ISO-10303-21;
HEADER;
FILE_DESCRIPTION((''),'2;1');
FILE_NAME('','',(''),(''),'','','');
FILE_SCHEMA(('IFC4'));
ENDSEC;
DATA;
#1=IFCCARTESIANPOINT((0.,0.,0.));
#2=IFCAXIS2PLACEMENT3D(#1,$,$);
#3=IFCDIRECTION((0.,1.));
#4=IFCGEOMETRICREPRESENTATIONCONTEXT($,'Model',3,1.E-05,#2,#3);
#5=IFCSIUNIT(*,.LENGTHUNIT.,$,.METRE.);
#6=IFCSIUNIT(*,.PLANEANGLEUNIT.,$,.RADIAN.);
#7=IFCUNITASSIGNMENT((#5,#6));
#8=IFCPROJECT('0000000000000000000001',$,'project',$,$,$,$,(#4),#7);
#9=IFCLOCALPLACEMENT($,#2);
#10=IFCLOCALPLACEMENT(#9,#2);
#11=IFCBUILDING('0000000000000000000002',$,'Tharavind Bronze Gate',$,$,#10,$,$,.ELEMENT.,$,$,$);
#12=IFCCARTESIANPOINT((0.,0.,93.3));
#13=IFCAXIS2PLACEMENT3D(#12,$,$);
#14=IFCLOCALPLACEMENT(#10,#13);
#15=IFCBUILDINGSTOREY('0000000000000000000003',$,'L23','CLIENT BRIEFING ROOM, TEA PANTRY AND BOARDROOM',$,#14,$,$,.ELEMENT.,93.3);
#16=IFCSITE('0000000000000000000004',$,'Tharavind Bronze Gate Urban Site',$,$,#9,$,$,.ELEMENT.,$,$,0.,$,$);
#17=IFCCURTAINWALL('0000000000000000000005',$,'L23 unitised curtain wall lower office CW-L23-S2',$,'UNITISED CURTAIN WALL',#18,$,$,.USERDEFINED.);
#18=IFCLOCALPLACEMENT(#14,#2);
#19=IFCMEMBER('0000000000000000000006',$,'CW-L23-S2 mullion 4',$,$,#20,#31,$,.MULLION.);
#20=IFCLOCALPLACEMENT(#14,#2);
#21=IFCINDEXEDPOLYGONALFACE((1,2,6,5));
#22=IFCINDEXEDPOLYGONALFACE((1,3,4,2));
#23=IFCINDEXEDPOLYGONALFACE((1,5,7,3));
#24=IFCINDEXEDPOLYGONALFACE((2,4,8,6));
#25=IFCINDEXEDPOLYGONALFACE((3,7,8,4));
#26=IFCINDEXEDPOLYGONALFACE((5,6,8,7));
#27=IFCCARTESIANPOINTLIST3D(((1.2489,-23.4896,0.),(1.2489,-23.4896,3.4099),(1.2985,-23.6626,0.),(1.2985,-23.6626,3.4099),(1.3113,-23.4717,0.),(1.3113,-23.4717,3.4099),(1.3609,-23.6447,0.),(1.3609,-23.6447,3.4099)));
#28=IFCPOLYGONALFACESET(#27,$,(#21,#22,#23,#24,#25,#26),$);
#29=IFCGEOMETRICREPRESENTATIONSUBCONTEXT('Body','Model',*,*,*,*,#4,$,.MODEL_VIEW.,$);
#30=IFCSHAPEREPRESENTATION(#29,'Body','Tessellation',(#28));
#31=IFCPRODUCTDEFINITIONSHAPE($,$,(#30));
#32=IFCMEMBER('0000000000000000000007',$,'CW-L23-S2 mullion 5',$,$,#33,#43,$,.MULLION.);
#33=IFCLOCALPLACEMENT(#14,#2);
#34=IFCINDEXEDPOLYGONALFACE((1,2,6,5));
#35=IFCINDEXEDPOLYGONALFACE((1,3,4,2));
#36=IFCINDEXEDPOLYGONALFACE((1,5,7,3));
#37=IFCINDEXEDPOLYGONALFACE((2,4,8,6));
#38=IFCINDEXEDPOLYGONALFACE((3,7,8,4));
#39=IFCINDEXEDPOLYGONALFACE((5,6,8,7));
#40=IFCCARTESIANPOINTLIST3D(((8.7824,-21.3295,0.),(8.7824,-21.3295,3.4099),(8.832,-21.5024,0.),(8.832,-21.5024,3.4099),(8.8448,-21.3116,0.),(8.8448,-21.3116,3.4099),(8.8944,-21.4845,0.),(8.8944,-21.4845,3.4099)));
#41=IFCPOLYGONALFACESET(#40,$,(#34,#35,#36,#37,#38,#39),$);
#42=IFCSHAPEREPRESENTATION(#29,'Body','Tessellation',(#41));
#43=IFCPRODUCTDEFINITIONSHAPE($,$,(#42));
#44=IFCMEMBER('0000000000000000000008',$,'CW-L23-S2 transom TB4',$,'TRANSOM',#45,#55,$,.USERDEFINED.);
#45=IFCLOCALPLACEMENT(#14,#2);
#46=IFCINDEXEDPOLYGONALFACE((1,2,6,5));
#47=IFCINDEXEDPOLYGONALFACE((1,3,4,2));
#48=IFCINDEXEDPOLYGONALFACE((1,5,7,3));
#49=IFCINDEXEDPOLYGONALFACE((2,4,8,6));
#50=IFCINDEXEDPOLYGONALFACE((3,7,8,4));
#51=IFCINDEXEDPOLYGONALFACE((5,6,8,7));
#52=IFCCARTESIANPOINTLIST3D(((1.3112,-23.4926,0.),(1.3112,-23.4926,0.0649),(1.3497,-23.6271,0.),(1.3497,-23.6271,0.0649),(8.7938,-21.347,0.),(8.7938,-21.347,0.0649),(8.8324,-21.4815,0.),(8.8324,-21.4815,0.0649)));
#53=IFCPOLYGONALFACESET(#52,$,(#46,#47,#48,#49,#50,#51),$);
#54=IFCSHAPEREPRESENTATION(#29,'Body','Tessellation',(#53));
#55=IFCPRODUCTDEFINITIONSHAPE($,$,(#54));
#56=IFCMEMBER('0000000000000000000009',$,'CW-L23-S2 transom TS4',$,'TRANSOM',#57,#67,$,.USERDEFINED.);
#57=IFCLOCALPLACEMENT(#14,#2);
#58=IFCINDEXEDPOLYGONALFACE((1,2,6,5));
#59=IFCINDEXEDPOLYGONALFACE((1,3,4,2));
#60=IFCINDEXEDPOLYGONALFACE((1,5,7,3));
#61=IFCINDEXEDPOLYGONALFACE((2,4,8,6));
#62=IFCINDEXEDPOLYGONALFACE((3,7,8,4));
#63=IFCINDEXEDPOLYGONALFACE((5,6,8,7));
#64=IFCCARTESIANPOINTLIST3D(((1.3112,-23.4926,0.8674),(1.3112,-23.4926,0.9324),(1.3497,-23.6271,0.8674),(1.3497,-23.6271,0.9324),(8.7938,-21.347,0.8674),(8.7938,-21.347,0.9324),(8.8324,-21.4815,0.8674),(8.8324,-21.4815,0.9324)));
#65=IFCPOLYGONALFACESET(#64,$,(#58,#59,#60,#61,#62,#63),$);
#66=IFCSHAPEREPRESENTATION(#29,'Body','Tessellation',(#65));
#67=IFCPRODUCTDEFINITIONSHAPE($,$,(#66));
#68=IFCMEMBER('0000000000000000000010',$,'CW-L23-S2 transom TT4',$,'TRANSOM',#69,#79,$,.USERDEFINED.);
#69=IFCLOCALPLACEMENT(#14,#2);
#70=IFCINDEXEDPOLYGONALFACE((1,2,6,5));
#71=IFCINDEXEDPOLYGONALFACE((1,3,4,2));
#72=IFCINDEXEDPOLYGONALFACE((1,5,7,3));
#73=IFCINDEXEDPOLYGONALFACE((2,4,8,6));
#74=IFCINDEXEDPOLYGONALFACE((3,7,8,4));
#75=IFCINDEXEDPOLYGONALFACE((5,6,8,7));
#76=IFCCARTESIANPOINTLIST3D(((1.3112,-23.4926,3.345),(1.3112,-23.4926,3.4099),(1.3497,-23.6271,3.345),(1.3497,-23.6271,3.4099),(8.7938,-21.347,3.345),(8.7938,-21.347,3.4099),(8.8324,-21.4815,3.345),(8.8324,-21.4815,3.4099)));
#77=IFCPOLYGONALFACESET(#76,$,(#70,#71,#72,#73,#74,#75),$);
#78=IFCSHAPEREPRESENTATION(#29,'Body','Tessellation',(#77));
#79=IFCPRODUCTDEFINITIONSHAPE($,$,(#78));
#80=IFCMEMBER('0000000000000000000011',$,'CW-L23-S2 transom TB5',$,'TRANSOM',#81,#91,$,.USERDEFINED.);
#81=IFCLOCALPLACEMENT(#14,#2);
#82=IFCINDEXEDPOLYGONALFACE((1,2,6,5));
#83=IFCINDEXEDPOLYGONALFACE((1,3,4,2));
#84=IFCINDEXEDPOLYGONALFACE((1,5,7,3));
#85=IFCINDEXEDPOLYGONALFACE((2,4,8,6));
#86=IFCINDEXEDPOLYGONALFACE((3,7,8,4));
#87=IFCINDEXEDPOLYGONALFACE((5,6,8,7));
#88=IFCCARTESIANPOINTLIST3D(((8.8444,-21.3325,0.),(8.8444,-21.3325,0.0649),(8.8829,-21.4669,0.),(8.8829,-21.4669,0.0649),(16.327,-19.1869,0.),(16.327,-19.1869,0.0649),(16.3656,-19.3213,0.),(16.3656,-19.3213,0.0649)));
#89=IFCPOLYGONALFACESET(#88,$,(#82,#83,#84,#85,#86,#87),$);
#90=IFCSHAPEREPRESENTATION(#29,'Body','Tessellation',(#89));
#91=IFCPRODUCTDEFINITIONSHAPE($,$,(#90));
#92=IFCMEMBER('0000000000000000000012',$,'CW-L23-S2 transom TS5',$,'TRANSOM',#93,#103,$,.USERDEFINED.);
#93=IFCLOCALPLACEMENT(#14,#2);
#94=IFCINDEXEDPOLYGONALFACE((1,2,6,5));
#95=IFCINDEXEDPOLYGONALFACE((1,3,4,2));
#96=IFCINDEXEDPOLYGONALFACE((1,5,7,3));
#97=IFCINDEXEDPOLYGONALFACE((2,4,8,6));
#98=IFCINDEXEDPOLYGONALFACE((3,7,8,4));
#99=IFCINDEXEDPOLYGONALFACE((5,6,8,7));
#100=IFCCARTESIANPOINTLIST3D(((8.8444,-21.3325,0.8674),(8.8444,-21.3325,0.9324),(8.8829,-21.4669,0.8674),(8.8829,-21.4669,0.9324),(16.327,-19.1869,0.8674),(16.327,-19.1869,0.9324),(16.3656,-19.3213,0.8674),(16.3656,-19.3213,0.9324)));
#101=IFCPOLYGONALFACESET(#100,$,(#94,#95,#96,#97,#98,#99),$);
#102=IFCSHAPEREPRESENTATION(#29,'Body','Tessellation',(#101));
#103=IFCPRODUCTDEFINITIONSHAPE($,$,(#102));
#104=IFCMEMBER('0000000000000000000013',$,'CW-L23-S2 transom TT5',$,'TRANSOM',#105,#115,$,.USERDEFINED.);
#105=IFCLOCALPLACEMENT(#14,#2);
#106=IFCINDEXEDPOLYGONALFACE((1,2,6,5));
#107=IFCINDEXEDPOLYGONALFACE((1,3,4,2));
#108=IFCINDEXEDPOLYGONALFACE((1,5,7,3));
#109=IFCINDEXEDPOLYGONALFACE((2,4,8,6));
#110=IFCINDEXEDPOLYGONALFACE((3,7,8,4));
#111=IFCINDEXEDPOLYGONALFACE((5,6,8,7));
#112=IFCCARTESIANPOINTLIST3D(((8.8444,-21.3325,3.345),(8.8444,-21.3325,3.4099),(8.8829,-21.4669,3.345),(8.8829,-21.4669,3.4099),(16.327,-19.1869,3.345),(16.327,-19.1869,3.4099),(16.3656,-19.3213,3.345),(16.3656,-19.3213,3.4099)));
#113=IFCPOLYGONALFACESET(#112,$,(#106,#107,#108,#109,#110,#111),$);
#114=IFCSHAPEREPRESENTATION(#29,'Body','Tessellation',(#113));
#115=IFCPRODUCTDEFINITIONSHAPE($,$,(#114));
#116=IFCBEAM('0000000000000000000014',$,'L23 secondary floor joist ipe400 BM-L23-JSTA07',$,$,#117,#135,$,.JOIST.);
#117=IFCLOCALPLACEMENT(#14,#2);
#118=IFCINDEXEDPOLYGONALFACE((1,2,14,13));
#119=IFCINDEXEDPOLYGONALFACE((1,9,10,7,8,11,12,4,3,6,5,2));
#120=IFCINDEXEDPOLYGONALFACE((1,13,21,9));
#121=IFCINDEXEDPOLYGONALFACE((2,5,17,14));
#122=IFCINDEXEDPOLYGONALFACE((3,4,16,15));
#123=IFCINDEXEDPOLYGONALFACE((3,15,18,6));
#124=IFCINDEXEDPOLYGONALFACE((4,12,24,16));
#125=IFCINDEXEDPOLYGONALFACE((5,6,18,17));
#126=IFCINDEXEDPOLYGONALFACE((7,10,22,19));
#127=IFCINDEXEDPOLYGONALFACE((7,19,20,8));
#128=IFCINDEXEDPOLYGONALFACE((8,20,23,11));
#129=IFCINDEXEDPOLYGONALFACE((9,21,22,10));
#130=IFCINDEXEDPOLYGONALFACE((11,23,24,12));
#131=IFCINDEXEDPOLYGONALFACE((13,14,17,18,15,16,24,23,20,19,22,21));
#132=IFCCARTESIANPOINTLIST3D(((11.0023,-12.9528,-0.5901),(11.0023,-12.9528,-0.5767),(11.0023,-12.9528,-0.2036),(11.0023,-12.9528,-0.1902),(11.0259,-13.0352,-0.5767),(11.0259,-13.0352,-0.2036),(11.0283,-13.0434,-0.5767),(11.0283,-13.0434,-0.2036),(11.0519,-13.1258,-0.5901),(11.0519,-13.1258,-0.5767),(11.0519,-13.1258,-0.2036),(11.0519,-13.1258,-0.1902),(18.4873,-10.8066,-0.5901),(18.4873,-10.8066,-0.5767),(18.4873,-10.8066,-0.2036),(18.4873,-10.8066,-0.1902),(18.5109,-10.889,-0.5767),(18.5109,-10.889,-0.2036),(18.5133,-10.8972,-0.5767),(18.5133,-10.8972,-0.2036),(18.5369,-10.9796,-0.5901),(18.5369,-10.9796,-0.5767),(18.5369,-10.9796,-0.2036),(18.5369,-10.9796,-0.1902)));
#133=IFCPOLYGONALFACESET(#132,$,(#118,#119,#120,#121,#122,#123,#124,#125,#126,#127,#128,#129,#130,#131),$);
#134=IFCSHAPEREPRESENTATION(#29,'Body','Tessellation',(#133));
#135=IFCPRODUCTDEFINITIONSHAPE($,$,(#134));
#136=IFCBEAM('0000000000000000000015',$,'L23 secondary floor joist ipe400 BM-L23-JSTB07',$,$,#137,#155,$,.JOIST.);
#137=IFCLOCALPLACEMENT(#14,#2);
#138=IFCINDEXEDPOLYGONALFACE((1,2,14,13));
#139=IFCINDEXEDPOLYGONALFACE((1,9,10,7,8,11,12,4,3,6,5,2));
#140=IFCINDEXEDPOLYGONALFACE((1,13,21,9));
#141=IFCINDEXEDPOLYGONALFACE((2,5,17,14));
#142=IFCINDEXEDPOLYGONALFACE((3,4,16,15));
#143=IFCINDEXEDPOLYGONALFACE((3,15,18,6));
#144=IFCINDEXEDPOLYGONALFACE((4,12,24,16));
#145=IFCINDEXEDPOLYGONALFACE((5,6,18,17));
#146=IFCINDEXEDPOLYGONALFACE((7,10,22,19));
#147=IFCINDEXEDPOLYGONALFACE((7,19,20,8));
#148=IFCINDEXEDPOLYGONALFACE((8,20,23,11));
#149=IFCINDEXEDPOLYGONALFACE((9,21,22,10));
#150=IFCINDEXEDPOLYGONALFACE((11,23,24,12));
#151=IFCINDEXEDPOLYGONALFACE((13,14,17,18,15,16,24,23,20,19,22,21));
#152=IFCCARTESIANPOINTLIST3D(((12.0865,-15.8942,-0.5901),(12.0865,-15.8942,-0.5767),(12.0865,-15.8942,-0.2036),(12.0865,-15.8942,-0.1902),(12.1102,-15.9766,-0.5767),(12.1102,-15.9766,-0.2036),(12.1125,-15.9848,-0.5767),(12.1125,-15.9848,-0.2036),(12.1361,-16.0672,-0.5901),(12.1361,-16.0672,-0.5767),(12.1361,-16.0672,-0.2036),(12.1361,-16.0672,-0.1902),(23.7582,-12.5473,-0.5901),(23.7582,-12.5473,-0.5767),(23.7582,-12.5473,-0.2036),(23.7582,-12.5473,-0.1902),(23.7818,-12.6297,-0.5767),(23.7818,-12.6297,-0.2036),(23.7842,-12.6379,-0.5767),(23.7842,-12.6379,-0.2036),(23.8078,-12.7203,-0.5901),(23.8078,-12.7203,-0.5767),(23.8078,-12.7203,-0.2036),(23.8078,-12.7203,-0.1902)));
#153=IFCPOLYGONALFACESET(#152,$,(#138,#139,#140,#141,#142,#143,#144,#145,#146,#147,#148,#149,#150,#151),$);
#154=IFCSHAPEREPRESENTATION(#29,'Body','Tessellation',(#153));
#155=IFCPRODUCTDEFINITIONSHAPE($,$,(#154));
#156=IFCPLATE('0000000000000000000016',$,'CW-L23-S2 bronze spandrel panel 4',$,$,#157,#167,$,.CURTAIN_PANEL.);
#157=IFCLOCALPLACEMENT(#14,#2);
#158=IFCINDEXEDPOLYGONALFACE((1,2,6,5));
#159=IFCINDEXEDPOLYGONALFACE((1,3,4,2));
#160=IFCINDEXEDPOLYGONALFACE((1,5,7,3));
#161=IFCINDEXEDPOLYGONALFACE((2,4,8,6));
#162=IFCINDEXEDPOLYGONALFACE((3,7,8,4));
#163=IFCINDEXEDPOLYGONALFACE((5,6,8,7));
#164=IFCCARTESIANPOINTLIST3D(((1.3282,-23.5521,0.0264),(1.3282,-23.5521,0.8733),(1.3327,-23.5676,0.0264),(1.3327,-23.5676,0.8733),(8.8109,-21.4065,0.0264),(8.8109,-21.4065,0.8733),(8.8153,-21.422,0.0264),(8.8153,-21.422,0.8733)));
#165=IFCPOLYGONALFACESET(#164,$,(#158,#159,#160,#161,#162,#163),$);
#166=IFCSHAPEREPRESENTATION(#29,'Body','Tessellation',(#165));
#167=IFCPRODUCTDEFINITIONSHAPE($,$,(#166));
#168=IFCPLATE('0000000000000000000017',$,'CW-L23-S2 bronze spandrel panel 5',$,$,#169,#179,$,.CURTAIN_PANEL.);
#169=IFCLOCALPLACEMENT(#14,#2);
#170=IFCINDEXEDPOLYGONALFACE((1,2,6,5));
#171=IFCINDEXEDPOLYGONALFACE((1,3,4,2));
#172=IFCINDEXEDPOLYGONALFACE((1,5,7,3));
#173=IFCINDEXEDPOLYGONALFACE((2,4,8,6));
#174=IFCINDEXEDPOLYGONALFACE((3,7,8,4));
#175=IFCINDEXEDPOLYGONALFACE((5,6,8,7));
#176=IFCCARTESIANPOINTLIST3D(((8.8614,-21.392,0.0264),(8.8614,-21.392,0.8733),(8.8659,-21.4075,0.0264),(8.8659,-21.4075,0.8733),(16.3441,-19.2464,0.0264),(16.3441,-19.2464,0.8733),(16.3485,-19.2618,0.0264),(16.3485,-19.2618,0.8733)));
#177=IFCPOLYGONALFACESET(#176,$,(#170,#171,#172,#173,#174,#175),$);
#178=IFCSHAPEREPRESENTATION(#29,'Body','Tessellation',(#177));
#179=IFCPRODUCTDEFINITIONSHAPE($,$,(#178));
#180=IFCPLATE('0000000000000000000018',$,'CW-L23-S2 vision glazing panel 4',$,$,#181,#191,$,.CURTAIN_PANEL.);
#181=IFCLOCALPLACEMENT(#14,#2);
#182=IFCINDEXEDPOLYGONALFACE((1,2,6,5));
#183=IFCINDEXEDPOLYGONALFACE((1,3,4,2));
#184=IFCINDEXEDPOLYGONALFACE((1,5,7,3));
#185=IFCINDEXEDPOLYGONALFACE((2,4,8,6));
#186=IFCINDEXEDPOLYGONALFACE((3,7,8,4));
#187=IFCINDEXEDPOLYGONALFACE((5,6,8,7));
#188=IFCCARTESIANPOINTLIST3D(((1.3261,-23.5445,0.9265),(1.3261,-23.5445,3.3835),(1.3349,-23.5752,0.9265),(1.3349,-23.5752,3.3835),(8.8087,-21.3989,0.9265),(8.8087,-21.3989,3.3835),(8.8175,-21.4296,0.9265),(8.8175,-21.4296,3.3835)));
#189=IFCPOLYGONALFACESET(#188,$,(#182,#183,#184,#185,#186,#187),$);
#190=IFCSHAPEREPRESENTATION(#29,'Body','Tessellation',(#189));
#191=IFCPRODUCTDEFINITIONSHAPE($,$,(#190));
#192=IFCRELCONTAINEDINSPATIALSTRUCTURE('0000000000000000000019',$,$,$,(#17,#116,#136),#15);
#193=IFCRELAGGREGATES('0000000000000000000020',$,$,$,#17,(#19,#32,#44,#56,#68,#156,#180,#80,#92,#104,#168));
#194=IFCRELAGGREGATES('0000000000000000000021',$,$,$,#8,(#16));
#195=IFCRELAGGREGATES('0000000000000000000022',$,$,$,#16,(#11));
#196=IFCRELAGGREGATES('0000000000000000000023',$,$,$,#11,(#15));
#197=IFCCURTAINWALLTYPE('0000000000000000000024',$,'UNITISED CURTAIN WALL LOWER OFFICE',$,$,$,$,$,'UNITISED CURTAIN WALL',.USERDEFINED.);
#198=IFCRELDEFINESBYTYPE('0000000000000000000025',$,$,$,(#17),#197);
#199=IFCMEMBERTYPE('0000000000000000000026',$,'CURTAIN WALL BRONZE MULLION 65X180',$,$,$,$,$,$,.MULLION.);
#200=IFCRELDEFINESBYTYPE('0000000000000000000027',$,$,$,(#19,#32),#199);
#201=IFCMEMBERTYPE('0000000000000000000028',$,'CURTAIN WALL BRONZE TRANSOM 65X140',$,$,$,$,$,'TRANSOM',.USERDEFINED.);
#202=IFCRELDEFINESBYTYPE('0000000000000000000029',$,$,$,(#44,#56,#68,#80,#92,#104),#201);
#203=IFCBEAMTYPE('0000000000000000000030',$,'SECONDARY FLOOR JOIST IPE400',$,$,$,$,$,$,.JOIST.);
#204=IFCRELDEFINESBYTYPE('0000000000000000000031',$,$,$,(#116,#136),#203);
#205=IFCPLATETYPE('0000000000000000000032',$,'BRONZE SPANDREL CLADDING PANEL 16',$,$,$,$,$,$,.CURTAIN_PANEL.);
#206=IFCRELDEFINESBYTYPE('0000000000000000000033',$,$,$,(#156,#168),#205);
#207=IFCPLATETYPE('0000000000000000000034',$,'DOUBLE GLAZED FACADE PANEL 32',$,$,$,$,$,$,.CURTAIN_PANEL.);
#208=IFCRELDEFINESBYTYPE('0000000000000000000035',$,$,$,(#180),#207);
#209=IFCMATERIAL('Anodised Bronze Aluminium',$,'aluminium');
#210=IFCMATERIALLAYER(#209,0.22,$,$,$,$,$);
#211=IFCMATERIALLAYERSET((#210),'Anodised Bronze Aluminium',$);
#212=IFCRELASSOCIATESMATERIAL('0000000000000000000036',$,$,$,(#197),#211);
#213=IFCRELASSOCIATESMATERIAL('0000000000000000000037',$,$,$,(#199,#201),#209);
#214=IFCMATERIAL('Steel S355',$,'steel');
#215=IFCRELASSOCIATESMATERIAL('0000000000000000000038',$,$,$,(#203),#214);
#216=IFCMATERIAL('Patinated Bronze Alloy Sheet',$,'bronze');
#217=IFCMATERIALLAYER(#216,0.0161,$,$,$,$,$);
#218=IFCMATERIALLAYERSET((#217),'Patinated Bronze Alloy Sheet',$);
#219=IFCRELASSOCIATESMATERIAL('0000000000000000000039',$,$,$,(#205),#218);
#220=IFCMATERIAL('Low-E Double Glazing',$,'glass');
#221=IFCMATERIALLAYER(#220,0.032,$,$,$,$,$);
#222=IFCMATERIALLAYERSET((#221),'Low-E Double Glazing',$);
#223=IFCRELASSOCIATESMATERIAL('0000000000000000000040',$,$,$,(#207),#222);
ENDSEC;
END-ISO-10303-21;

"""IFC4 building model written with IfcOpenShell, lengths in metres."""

from ifc_helpers import new_model, si_unit, direction, frame, origin, origin_2d, place, context, subcontext, project, spatial, rectangle, i_section, extrude, material, layer, layer_set, material_profile, profile_set, type_object, element, aggregate, save


model = new_model("IFC4")

# Units and contexts
model_context = context("Model", 3, precision=1e-05, world=origin(), true_north=direction((0.0, 1.0)))
body_context = subcontext(model_context, "Body", "Model", "MODEL_VIEW")
ifc_project = project(units=[si_unit("LENGTHUNIT", "METRE"), si_unit("PLANEANGLEUNIT", "RADIAN")], contexts=[model_context])

# Site, building, storey
site_placement = place(None, origin())
site = spatial("IfcSite", under=ifc_project, at=site_placement, Name="Tharavind Bronze Gate Urban Site", CompositionType="ELEMENT", RefElevation=0.0)
building_placement = place(site_placement, origin())
building = spatial("IfcBuilding", under=site, at=building_placement, Name="Tharavind Bronze Gate", CompositionType="ELEMENT")
storey_placement = place(building_placement, frame((0.0, 0.0, 93.3)))
storey = spatial("IfcBuildingStorey", under=building, at=storey_placement, Name="L23", Description="CLIENT BRIEFING ROOM, TEA PANTRY AND BOARDROOM", CompositionType="ELEMENT", Elevation=93.3)

# Curtain wall, members
ifc_material_1 = material(Name="Anodised Bronze Aluminium", Category="aluminium")
ifc_layer_1 = layer(ifc_material_1, 0.22)
ifc_layer_set_1 = layer_set([ifc_layer_1], Name="Anodised Bronze Aluminium")
curtain_wall_type = type_object("IfcCurtainWallType", Name="UNITISED CURTAIN WALL LOWER OFFICE", ElementType="UNITISED CURTAIN WALL", PredefinedType="USERDEFINED", material=ifc_layer_set_1)
curtain_wall_placement = place(storey_placement, origin())
curtain_wall = element("IfcCurtainWall", 1, at=curtain_wall_placement, inside=storey, type_object=curtain_wall_type, Name="L23 unitised curtain wall lower office CW-L23-S2", ObjectType="UNITISED CURTAIN WALL", PredefinedType="USERDEFINED")
member_type_1 = type_object("IfcMemberType", Name="CURTAIN WALL BRONZE MULLION 65X180", PredefinedType="MULLION", material=ifc_material_1)
member_1_placement = place(storey_placement, frame((1.3049, -23.5671, 0.0), z_axis=(0.0, 0.0, 1.0), x_axis=(0.961262, 0.275637, 0.0)))
member_1 = element("IfcMember", 2, at=member_1_placement, type_object=member_type_1, Name="CW-L23-S2 mullion 4", PredefinedType="MULLION", context=body_context, shape_type="SweptSolid", body=[
    extrude(rectangle(XDim=0.0649, YDim=0.1799, at=origin_2d()), origin(), (0.0, 0.0, 1.0), 3.4099),
])
member_2_placement = place(storey_placement, frame((8.8384, -21.407, 0.0), z_axis=(0.0, 0.0, 1.0), x_axis=(0.961262, 0.275637, 0.0)))
member_2 = element("IfcMember", 3, at=member_2_placement, type_object=member_type_1, Name="CW-L23-S2 mullion 5", PredefinedType="MULLION", context=body_context, shape_type="SweptSolid", body=[
    extrude(rectangle(XDim=0.0649, YDim=0.1799, at=origin_2d()), origin(), (0.0, 0.0, 1.0), 3.4099),
])
member_type_2 = type_object("IfcMemberType", Name="CURTAIN WALL BRONZE TRANSOM 65X140", ElementType="TRANSOM", PredefinedType="USERDEFINED", material=ifc_material_1)
member_3_placement = place(storey_placement, frame((5.0718, -22.4871, 0.0), z_axis=(0.0, 0.0, 1.0), x_axis=(0.961262, 0.275637, 0.0)))
member_3 = element("IfcMember", 4, at=member_3_placement, type_object=member_type_2, Name="CW-L23-S2 transom TB4", ObjectType="TRANSOM", PredefinedType="USERDEFINED", context=body_context, shape_type="SweptSolid", body=[
    extrude(rectangle(XDim=7.7842, YDim=0.1399, at=origin_2d()), origin(), (0.0, 0.0, 1.0), 0.0649),
])
member_4_placement = place(storey_placement, frame((5.0718, -22.4871, 0.8674), z_axis=(0.0, 0.0, 1.0), x_axis=(0.961262, 0.275637, 0.0)))
member_4 = element("IfcMember", 5, at=member_4_placement, type_object=member_type_2, Name="CW-L23-S2 transom TS4", ObjectType="TRANSOM", PredefinedType="USERDEFINED", context=body_context, shape_type="SweptSolid", body=[
    extrude(rectangle(XDim=7.7842, YDim=0.1399, at=origin_2d()), origin(), (0.0, 0.0, 1.0), 0.0649),
])
member_5_placement = place(storey_placement, frame((5.0718, -22.4871, 3.345), z_axis=(0.0, 0.0, 1.0), x_axis=(0.961262, 0.275637, 0.0)))
member_5 = element("IfcMember", 6, at=member_5_placement, type_object=member_type_2, Name="CW-L23-S2 transom TT4", ObjectType="TRANSOM", PredefinedType="USERDEFINED", context=body_context, shape_type="SweptSolid", body=[
    extrude(rectangle(XDim=7.7842, YDim=0.1399, at=origin_2d()), origin(), (0.0, 0.0, 1.0), 0.0649),
])
member_6_placement = place(storey_placement, frame((12.605, -20.3269, 0.0), z_axis=(0.0, 0.0, 1.0), x_axis=(0.961262, 0.275637, 0.0)))
member_6 = element("IfcMember", 7, at=member_6_placement, type_object=member_type_2, Name="CW-L23-S2 transom TB5", ObjectType="TRANSOM", PredefinedType="USERDEFINED", context=body_context, shape_type="SweptSolid", body=[
    extrude(rectangle(XDim=7.7842, YDim=0.1399, at=origin_2d()), origin(), (0.0, 0.0, 1.0), 0.0649),
])
member_7_placement = place(storey_placement, frame((12.605, -20.3269, 0.8674), z_axis=(0.0, 0.0, 1.0), x_axis=(0.961262, 0.275637, 0.0)))
member_7 = element("IfcMember", 8, at=member_7_placement, type_object=member_type_2, Name="CW-L23-S2 transom TS5", ObjectType="TRANSOM", PredefinedType="USERDEFINED", context=body_context, shape_type="SweptSolid", body=[
    extrude(rectangle(XDim=7.7842, YDim=0.1399, at=origin_2d()), origin(), (0.0, 0.0, 1.0), 0.0649),
])
member_8_placement = place(storey_placement, frame((12.605, -20.3269, 3.345), z_axis=(0.0, 0.0, 1.0), x_axis=(0.961262, 0.275637, 0.0)))
member_8 = element("IfcMember", 9, at=member_8_placement, type_object=member_type_2, Name="CW-L23-S2 transom TT5", ObjectType="TRANSOM", PredefinedType="USERDEFINED", context=body_context, shape_type="SweptSolid", body=[
    extrude(rectangle(XDim=7.7842, YDim=0.1399, at=origin_2d()), origin(), (0.0, 0.0, 1.0), 0.0649),
])

# Beams
ifc_material_2 = material(Name="Steel S355", Category="steel")
ifc_material_profile = material_profile(ifc_material_2, i_section(OverallWidth=0.1799, OverallDepth=0.3999, WebThickness=0.0085, FlangeThickness=0.0134, at=origin_2d()), Name="IPE400")
ifc_profile_set = profile_set([ifc_material_profile], Name="Steel S355")
beam_type = type_object("IfcBeamType", Name="SECONDARY FLOOR JOIST IPE400", PredefinedType="JOIST", material=ifc_profile_set)
beam_1_placement = place(storey_placement, frame((11.0271, -13.0393, -0.3901), z_axis=(0.961264, 0.275628, 0.0), x_axis=(-0.275628, 0.961264, 0.0)))
element("IfcBeam", 10, at=beam_1_placement, inside=storey, type_object=beam_type, Name="L23 secondary floor joist ipe400 BM-L23-JSTA07", PredefinedType="JOIST", context=body_context, shape_type="SweptSolid", body=[
    extrude(i_section(OverallWidth=0.1799, OverallDepth=0.3999, WebThickness=0.0085, FlangeThickness=0.0134, at=origin_2d()), origin(), (0.0, 0.0, 1.0), 7.7866),
])
beam_2_placement = place(storey_placement, frame((12.1113, -15.9807, -0.3901), z_axis=(0.961259, 0.275648, 0.0), x_axis=(-0.275648, 0.961259, 0.0)))
element("IfcBeam", 11, at=beam_2_placement, inside=storey, type_object=beam_type, Name="L23 secondary floor joist ipe400 BM-L23-JSTB07", PredefinedType="JOIST", context=body_context, shape_type="SweptSolid", body=[
    extrude(i_section(OverallWidth=0.1799, OverallDepth=0.3999, WebThickness=0.0085, FlangeThickness=0.0134, at=origin_2d()), origin(), (0.0, 0.0, 1.0), 12.1421),
])

# Plates
ifc_material_3 = material(Name="Patinated Bronze Alloy Sheet", Category="bronze")
ifc_layer_2 = layer(ifc_material_3, 0.0161)
ifc_layer_set_2 = layer_set([ifc_layer_2], Name="Patinated Bronze Alloy Sheet")
plate_type_1 = type_object("IfcPlateType", Name="BRONZE SPANDREL CLADDING PANEL 16", PredefinedType="CURTAIN_PANEL", material=ifc_layer_set_2)
plate_1_placement = place(storey_placement, frame((5.0718, -22.4871, 0.0264), z_axis=(0.0, 0.0, 1.0), x_axis=(0.961262, 0.275637, 0.0)))
plate_1 = element("IfcPlate", 12, at=plate_1_placement, type_object=plate_type_1, Name="CW-L23-S2 bronze spandrel panel 4", PredefinedType="CURTAIN_PANEL", context=body_context, shape_type="SweptSolid", body=[
    extrude(rectangle(XDim=7.7842, YDim=0.0161, at=origin_2d()), origin(), (0.0, 0.0, 1.0), 0.8469),
])
plate_2_placement = place(storey_placement, frame((12.605, -20.3269, 0.0264), z_axis=(0.0, 0.0, 1.0), x_axis=(0.961262, 0.275637, 0.0)))
plate_2 = element("IfcPlate", 13, at=plate_2_placement, type_object=plate_type_1, Name="CW-L23-S2 bronze spandrel panel 5", PredefinedType="CURTAIN_PANEL", context=body_context, shape_type="SweptSolid", body=[
    extrude(rectangle(XDim=7.7842, YDim=0.0161, at=origin_2d()), origin(), (0.0, 0.0, 1.0), 0.8469),
])
ifc_material_4 = material(Name="Low-E Double Glazing", Category="glass")
ifc_layer_3 = layer(ifc_material_4, 0.032)
ifc_layer_set_3 = layer_set([ifc_layer_3], Name="Low-E Double Glazing")
plate_type_2 = type_object("IfcPlateType", Name="DOUBLE GLAZED FACADE PANEL 32", PredefinedType="CURTAIN_PANEL", material=ifc_layer_set_3)
plate_3_placement = place(storey_placement, frame((5.0718, -22.4871, 0.9265), z_axis=(0.0, 0.0, 1.0), x_axis=(0.961262, 0.275637, 0.0)))
plate_3 = element("IfcPlate", 14, at=plate_3_placement, type_object=plate_type_2, Name="CW-L23-S2 vision glazing panel 4", PredefinedType="CURTAIN_PANEL", context=body_context, shape_type="SweptSolid", body=[
    extrude(rectangle(XDim=7.7842, YDim=0.032, at=origin_2d()), origin(), (0.0, 0.0, 1.0), 2.457),
])
aggregate(curtain_wall, [member_1, member_2, member_3, member_4, member_5, plate_1, plate_3, member_6, member_7, member_8, plate_2])

save(model, "model.ifc")
